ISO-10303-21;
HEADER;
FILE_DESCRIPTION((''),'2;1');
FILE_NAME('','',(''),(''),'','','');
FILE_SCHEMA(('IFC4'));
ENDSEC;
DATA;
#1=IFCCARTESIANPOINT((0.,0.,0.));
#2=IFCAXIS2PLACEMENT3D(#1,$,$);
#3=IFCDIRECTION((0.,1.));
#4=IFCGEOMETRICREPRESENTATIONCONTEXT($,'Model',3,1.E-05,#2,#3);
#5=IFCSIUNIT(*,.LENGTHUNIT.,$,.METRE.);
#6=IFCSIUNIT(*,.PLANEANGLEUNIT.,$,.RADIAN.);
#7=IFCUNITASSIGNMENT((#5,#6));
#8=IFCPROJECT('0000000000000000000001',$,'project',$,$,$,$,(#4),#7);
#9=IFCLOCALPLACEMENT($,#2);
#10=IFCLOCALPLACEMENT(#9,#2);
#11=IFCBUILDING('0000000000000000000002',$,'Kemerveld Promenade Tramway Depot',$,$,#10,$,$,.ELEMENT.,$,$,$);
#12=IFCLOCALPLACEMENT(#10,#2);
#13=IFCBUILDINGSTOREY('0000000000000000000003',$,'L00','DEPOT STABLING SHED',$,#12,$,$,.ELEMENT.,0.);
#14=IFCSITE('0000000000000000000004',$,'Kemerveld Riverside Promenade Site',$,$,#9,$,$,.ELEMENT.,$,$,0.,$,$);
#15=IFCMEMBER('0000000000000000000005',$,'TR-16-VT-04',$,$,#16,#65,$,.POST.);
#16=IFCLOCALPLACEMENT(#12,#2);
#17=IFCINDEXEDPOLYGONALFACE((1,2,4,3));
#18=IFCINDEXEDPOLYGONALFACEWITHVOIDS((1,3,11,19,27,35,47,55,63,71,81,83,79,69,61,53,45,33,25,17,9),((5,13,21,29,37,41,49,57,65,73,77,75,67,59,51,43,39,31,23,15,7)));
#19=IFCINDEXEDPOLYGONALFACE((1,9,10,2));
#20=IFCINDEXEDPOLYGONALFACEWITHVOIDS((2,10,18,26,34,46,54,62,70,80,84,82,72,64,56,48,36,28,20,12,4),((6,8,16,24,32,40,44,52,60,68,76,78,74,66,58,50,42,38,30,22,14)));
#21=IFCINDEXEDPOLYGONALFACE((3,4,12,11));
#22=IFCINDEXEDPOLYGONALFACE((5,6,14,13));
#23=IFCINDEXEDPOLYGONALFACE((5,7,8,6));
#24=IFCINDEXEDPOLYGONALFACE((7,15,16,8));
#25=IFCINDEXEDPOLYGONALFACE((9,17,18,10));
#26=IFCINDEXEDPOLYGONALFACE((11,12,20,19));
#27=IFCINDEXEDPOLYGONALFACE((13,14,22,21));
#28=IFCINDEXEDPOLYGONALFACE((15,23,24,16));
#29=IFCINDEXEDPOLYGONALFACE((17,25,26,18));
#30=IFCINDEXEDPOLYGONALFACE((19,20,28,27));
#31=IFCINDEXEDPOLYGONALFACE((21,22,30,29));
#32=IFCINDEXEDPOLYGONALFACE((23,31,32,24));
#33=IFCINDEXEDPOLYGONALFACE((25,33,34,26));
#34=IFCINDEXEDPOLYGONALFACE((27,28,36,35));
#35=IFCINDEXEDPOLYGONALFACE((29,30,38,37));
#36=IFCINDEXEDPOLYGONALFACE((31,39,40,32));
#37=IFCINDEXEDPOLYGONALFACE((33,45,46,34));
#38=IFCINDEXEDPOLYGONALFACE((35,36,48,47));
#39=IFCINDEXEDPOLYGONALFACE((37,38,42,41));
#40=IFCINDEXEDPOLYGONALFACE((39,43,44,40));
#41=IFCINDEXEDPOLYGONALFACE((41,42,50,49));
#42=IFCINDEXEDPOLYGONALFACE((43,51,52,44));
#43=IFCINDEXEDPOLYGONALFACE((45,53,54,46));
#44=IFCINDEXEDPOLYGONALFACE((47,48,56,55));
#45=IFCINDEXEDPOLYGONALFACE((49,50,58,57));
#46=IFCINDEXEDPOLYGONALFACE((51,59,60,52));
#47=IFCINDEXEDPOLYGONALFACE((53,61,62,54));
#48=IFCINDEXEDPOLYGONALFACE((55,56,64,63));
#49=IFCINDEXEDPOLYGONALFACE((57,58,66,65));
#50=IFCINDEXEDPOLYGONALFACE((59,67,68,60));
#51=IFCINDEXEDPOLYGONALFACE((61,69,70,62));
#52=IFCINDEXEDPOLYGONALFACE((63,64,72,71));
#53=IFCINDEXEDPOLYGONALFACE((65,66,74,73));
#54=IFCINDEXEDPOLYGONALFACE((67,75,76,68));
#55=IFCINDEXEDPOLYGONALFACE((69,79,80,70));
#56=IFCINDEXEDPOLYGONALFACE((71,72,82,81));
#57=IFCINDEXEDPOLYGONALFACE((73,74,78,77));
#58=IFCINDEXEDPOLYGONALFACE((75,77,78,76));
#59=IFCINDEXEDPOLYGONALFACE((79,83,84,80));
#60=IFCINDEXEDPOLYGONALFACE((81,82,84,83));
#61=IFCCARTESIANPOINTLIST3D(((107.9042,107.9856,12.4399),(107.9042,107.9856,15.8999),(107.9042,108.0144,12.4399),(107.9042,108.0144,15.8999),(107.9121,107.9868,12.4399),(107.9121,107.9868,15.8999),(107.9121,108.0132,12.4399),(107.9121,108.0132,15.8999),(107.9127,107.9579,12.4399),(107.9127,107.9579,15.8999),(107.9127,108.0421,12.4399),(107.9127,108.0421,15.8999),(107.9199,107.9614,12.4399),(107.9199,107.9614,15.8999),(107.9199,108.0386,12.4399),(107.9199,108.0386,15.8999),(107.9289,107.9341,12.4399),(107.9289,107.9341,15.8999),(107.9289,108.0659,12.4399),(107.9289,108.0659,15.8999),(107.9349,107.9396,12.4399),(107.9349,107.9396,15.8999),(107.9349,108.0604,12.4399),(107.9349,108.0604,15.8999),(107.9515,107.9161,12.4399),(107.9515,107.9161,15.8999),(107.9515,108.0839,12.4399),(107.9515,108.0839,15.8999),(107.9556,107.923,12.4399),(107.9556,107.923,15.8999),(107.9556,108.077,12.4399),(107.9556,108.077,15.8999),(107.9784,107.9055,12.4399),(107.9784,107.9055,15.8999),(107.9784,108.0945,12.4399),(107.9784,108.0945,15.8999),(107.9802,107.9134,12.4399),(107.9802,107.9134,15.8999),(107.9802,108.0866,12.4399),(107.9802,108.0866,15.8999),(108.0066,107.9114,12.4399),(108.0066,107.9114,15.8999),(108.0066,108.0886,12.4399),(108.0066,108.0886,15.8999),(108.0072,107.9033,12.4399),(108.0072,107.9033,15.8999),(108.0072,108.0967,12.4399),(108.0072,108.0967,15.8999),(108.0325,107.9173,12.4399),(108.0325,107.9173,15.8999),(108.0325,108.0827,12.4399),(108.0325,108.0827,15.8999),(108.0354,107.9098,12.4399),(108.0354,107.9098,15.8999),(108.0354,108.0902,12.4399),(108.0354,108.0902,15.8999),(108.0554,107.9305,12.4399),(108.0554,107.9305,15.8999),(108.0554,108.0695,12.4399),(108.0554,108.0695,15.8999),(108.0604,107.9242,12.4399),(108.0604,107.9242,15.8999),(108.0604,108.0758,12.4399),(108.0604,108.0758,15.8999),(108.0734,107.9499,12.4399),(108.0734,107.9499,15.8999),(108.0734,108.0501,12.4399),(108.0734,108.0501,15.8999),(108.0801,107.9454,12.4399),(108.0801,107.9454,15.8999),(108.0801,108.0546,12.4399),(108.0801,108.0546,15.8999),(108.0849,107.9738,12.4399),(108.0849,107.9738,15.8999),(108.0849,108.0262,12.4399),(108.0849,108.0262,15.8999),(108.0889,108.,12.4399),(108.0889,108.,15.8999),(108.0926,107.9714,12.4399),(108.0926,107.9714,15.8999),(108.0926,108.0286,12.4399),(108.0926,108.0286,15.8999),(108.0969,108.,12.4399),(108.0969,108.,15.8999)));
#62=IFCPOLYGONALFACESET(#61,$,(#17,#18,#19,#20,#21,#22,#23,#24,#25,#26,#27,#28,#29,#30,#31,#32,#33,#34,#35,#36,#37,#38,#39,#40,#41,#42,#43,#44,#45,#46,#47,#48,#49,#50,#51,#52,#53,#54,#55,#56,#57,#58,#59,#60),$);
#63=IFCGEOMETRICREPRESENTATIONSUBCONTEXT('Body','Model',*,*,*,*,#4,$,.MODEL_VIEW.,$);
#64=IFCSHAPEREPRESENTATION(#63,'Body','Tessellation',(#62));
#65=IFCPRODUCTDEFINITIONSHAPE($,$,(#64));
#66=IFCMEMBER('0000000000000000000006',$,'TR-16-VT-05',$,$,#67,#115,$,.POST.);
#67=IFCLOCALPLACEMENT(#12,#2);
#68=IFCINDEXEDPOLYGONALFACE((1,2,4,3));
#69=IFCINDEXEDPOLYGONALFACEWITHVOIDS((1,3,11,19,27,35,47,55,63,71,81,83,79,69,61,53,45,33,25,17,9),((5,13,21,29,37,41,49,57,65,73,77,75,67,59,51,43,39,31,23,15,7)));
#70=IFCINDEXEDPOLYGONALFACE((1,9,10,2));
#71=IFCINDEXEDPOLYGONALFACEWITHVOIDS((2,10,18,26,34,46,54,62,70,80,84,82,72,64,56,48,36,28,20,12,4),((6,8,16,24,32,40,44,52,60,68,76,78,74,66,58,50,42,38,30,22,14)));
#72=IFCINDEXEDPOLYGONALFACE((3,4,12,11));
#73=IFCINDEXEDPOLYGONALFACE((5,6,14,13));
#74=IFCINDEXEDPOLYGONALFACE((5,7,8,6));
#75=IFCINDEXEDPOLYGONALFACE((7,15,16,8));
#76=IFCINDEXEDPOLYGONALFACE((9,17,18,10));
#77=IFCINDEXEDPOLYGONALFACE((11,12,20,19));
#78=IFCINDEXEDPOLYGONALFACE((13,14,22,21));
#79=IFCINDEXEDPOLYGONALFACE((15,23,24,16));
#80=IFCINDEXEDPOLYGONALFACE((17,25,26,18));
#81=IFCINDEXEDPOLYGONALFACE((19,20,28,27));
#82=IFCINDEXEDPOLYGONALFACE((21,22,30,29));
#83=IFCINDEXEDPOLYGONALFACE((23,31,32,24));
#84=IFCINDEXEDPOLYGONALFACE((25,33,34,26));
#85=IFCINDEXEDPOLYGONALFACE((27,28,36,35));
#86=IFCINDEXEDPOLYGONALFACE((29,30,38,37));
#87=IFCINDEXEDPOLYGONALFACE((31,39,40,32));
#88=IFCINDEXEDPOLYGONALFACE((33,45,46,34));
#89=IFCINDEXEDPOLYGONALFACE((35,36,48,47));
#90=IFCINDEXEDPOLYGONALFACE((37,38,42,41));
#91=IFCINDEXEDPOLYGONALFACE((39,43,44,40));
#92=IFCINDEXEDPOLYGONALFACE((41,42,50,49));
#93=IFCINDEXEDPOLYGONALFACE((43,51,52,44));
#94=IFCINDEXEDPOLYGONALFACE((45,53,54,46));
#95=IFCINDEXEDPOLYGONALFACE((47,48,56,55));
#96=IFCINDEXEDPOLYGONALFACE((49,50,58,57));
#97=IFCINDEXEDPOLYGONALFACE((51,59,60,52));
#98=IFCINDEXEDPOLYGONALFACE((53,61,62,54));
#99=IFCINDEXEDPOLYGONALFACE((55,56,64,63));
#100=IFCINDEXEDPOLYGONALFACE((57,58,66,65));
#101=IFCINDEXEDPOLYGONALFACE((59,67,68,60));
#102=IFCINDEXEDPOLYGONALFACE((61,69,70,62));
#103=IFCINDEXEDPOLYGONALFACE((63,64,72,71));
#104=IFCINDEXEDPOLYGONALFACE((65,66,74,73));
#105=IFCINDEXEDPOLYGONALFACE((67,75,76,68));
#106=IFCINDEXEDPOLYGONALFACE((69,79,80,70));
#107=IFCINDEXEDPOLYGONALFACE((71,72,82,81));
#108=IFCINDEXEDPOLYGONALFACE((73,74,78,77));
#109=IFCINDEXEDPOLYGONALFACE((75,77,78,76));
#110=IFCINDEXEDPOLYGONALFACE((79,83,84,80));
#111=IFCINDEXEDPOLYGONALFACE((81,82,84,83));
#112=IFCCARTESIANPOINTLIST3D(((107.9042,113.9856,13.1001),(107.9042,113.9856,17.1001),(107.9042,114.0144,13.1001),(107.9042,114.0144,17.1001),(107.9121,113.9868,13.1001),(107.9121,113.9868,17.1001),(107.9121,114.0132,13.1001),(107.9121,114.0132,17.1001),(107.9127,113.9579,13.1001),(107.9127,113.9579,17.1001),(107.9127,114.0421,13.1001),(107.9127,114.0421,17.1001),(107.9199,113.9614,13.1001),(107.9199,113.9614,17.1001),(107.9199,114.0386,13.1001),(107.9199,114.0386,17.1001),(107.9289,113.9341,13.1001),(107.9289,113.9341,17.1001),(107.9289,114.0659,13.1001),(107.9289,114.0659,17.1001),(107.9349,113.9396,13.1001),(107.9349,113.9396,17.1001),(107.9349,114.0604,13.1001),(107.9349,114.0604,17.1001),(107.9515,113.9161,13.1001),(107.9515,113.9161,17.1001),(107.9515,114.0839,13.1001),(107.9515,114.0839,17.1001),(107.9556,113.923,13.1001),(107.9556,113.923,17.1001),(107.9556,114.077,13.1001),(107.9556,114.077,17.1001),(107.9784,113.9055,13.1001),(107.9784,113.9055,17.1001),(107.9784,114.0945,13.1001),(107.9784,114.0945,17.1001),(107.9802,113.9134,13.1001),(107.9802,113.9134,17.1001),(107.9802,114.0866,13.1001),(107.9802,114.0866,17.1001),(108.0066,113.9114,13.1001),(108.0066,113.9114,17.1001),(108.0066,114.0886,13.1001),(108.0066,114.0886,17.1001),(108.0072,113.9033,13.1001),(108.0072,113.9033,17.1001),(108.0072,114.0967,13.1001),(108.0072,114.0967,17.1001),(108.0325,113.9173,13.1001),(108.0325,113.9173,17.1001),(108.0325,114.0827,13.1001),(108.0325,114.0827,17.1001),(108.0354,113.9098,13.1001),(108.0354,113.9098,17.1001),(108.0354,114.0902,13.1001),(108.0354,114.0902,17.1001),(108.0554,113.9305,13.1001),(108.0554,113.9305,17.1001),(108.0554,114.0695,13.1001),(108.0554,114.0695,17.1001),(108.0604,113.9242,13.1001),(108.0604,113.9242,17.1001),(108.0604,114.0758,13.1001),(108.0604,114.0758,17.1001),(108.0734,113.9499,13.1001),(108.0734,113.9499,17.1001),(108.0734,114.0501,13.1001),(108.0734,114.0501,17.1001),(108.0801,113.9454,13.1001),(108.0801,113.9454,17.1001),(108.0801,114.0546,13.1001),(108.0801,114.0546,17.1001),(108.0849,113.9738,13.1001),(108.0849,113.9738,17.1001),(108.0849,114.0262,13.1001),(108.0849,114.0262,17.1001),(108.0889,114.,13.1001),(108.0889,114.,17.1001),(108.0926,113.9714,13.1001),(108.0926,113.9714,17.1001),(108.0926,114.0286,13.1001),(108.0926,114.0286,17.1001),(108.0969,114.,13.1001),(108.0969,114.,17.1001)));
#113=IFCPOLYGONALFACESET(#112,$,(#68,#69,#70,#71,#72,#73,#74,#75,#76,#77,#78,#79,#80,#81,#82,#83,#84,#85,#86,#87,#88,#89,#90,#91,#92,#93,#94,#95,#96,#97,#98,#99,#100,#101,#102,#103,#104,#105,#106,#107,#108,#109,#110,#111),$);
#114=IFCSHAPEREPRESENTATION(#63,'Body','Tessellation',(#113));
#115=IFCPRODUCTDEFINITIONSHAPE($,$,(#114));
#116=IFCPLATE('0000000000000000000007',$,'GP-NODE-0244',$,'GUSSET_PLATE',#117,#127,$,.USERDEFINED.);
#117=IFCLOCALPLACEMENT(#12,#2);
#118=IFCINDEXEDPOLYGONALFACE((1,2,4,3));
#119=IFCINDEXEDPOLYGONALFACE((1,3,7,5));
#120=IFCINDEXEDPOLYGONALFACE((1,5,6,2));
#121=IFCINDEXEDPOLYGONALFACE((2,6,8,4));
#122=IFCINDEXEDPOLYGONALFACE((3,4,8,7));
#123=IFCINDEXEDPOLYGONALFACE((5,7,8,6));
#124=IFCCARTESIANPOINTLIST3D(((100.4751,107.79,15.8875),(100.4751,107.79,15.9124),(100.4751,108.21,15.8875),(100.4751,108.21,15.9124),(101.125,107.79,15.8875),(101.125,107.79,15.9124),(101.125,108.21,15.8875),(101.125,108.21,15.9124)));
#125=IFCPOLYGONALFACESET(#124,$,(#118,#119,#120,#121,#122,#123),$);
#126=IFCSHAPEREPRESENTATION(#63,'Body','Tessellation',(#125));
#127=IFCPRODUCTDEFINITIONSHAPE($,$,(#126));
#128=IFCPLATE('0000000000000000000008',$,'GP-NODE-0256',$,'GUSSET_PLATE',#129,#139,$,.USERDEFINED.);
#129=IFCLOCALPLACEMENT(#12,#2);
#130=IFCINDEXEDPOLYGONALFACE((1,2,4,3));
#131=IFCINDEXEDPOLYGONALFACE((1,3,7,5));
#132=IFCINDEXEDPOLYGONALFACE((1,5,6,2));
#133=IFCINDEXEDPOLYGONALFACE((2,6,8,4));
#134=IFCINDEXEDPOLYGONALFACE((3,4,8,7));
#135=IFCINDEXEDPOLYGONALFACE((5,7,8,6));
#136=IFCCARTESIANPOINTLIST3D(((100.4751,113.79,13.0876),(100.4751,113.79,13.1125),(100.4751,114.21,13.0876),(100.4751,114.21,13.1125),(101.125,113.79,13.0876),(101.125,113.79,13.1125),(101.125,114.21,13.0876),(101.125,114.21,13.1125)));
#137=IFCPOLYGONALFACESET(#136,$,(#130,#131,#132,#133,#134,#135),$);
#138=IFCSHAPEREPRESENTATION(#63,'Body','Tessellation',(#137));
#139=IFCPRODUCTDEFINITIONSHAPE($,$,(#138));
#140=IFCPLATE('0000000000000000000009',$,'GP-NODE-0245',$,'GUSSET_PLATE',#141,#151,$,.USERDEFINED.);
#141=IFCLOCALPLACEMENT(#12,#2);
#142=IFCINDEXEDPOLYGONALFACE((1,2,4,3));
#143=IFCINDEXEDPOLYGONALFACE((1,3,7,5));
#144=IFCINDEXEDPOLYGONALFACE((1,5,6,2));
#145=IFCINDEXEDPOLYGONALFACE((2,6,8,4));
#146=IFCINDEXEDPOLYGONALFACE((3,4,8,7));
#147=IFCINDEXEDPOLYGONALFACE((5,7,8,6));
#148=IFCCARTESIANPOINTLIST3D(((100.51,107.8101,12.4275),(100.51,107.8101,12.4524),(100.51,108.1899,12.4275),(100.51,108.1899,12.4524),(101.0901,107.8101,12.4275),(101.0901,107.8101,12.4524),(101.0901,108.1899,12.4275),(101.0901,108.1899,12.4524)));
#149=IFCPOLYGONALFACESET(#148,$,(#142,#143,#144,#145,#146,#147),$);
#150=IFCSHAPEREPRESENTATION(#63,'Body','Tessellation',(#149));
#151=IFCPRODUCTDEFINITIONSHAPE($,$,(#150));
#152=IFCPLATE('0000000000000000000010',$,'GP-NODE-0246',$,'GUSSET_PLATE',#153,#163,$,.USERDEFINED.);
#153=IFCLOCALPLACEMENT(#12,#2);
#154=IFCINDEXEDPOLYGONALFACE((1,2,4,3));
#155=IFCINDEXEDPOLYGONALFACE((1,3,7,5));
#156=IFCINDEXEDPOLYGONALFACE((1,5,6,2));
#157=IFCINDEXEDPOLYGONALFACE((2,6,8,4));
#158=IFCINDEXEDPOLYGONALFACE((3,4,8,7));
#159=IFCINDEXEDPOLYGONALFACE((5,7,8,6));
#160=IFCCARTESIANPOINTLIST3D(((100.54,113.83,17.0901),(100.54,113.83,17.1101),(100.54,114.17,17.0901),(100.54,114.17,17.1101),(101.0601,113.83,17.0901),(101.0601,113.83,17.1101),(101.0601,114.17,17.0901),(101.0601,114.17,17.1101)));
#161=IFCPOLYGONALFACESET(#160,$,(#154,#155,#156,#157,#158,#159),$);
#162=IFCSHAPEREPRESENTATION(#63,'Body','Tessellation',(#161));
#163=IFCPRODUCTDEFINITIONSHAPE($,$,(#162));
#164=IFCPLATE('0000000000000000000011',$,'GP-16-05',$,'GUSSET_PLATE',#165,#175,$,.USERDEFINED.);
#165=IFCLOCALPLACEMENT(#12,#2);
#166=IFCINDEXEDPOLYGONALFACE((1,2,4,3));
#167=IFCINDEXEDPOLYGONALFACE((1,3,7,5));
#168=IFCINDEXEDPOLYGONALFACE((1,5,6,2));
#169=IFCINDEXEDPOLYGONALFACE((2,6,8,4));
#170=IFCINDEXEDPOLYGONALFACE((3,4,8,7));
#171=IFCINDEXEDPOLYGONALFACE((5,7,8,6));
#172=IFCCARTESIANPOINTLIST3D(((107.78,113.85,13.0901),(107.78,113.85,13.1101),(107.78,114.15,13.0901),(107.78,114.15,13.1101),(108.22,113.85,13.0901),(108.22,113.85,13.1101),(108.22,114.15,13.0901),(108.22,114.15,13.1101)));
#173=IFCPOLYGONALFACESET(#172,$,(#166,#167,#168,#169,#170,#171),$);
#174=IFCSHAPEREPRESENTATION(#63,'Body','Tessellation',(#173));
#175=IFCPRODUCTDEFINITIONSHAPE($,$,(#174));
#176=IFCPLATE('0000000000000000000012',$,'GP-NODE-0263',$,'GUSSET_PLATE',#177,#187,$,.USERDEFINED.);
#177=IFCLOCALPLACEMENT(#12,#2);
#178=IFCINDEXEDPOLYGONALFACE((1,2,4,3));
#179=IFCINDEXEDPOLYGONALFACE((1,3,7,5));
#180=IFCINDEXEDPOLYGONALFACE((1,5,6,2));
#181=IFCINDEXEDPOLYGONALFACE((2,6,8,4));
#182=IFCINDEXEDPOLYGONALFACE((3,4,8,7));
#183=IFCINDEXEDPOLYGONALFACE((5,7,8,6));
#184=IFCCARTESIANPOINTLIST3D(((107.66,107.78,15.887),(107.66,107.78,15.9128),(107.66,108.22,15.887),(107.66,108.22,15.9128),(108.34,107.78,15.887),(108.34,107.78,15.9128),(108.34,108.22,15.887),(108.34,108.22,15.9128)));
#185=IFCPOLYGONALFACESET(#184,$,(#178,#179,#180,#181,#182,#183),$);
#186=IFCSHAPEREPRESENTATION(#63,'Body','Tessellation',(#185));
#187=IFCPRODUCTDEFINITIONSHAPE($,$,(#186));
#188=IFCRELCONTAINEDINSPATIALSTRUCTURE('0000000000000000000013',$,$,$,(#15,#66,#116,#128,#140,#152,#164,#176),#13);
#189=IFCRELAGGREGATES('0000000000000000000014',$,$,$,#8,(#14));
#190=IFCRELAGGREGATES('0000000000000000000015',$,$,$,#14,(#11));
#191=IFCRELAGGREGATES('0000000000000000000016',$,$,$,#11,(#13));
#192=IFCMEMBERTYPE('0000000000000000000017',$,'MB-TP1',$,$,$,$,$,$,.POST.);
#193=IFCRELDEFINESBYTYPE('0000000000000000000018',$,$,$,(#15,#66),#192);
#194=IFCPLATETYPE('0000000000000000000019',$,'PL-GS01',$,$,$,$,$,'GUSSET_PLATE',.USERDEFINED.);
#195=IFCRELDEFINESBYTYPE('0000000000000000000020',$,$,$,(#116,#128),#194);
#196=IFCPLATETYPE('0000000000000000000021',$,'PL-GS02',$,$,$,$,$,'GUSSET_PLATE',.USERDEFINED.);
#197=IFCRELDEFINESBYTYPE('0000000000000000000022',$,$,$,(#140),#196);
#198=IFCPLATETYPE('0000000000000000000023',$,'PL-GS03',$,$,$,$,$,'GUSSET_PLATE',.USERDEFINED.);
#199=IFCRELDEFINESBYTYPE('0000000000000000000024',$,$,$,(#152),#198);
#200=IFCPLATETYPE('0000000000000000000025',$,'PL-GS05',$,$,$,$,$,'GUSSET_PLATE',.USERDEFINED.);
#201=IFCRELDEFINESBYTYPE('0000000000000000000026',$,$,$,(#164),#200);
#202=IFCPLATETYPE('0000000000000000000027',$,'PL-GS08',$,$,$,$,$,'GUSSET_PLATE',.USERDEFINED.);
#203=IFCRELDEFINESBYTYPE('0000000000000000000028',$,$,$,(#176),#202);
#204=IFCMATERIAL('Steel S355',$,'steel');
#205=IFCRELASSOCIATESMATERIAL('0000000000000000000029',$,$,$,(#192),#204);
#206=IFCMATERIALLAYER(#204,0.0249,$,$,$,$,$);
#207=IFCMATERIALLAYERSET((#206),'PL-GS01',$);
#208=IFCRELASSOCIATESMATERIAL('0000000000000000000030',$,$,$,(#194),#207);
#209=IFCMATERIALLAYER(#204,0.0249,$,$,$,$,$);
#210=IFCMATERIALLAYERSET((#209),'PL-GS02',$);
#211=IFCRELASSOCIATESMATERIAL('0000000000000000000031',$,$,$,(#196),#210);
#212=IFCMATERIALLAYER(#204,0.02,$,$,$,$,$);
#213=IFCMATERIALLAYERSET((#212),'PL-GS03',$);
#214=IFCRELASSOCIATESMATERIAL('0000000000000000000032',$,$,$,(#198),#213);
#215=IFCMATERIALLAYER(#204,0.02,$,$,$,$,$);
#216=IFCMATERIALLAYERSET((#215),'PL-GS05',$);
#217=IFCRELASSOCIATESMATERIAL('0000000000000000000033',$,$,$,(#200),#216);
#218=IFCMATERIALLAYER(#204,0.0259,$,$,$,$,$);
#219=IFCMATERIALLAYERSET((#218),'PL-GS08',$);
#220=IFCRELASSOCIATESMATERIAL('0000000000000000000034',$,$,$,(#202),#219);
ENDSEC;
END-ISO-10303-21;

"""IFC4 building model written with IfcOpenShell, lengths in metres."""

from ifc_helpers import new_model, si_unit, direction, frame, origin, origin_2d, place, context, subcontext, project, spatial, rectangle, hollow_circle, extrude, material, layer, layer_set, material_profile, profile_set, type_object, element, save


model = new_model("IFC4")

# Units and contexts
model_context = context("Model", 3, precision=1e-05, world=origin(), true_north=direction((0.0, 1.0)))
body_context = subcontext(model_context, "Body", "Model", "MODEL_VIEW")
ifc_project = project(units=[si_unit("LENGTHUNIT", "METRE"), si_unit("PLANEANGLEUNIT", "RADIAN")], contexts=[model_context])

# Site, building, storey
site_placement = place(None, origin())
site = spatial("IfcSite", under=ifc_project, at=site_placement, Name="Kemerveld Riverside Promenade Site", CompositionType="ELEMENT", RefElevation=0.0)
building_placement = place(site_placement, origin())
building = spatial("IfcBuilding", under=site, at=building_placement, Name="Kemerveld Promenade Tramway Depot", CompositionType="ELEMENT")
storey_placement = place(building_placement, origin())
storey = spatial("IfcBuildingStorey", under=building, at=storey_placement, Name="L00", Description="DEPOT STABLING SHED", CompositionType="ELEMENT", Elevation=0.0)

# Members
ifc_material_1 = material(Name="Steel S355", Category="steel")
ifc_material_profile_1 = material_profile(ifc_material_1, hollow_circle(Radius=0.0969, WallThickness=0.0081, at=origin_2d()), Name="193.7x8.0 CHS")
ifc_profile_set_1 = profile_set([ifc_material_profile_1], Name="Steel S355")
member_type_1 = type_object("IfcMemberType", Name="MB-TP1", PredefinedType="POST", material=ifc_profile_set_1)
member_1_placement = place(storey_placement, frame((108.0, 108.0, 12.4399), z_axis=(0.0, 0.0, 1.0), x_axis=(1.0, 0.0, 0.0)))
element("IfcMember", 1, at=member_1_placement, inside=storey, type_object=member_type_1, Name="TR-16-VT-04", PredefinedType="POST", context=body_context, shape_type="SweptSolid", body=[
    extrude(hollow_circle(Radius=0.0969, WallThickness=0.0081, at=origin_2d()), origin(), (0.0, 0.0, 1.0), 3.46),
])
member_2_placement = place(storey_placement, frame((108.0, 114.0, 13.1001), z_axis=(0.0, 0.0, 1.0), x_axis=(1.0, 0.0, 0.0)))
element("IfcMember", 2, at=member_2_placement, inside=storey, type_object=member_type_1, Name="TR-16-VT-05", PredefinedType="POST", context=body_context, shape_type="SweptSolid", body=[
    extrude(hollow_circle(Radius=0.0969, WallThickness=0.0081, at=origin_2d()), origin(), (0.0, 0.0, 1.0), 4.0),
])

# Plates
ifc_layer_1 = layer(ifc_material_1, 0.0249)
ifc_layer_set_1 = layer_set([ifc_layer_1], Name="PL-GS01")
plate_type_1 = type_object("IfcPlateType", Name="PL-GS01", ElementType="GUSSET_PLATE", PredefinedType="USERDEFINED", material=ifc_layer_set_1)
for number, where, z_axis, x_axis, name in (
    (3, (100.8, 108.0, 15.8875), (0.0, 0.0, 1.0), (1.0, 0.0, 0.0), "GP-NODE-0244"),
    (4, (100.8, 114.0, 13.0876), (0.0, 0.0, 1.0), (1.0, 0.0, 0.0), "GP-NODE-0256"),
):
    element("IfcPlate", number, at=place(storey_placement, frame(where, z_axis=z_axis, x_axis=x_axis)), inside=storey, type_object=plate_type_1, Name=name, ObjectType="GUSSET_PLATE", PredefinedType="USERDEFINED", context=body_context, shape_type="SweptSolid", body=[
        extrude(rectangle(XDim=0.6499, YDim=0.4199, at=origin_2d()), origin(), (0.0, 0.0, 1.0), 0.0249),
    ])
ifc_layer_2 = layer(ifc_material_1, 0.0249)
ifc_layer_set_2 = layer_set([ifc_layer_2], Name="PL-GS02")
plate_type_2 = type_object("IfcPlateType", Name="PL-GS02", ElementType="GUSSET_PLATE", PredefinedType="USERDEFINED", material=ifc_layer_set_2)
plate_1_placement = place(storey_placement, frame((100.8, 108.0, 12.4275), z_axis=(0.0, 0.0, 1.0), x_axis=(1.0, 0.0, 0.0)))
element("IfcPlate", 5, at=plate_1_placement, inside=storey, type_object=plate_type_2, Name="GP-NODE-0245", ObjectType="GUSSET_PLATE", PredefinedType="USERDEFINED", context=body_context, shape_type="SweptSolid", body=[
    extrude(rectangle(XDim=0.5801, YDim=0.3799, at=origin_2d()), origin(), (0.0, 0.0, 1.0), 0.0249),
])
ifc_layer_3 = layer(ifc_material_1, 0.02)
ifc_layer_set_3 = layer_set([ifc_layer_3], Name="PL-GS03")
plate_type_3 = type_object("IfcPlateType", Name="PL-GS03", ElementType="GUSSET_PLATE", PredefinedType="USERDEFINED", material=ifc_layer_set_3)
plate_2_placement = place(storey_placement, frame((100.8, 114.0, 17.0901), z_axis=(0.0, 0.0, 1.0), x_axis=(1.0, 0.0, 0.0)))
element("IfcPlate", 6, at=plate_2_placement, inside=storey, type_object=plate_type_3, Name="GP-NODE-0246", ObjectType="GUSSET_PLATE", PredefinedType="USERDEFINED", context=body_context, shape_type="SweptSolid", body=[
    extrude(rectangle(XDim=0.52, YDim=0.3401, at=origin_2d()), origin(), (0.0, 0.0, 1.0), 0.02),
])
ifc_layer_4 = layer(ifc_material_1, 0.02)
ifc_layer_set_4 = layer_set([ifc_layer_4], Name="PL-GS05")
plate_type_4 = type_object("IfcPlateType", Name="PL-GS05", ElementType="GUSSET_PLATE", PredefinedType="USERDEFINED", material=ifc_layer_set_4)
plate_3_placement = place(storey_placement, frame((108.0, 114.0, 13.0901), z_axis=(0.0, 0.0, 1.0), x_axis=(1.0, 0.0, 0.0)))
element("IfcPlate", 7, at=plate_3_placement, inside=storey, type_object=plate_type_4, Name="GP-16-05", ObjectType="GUSSET_PLATE", PredefinedType="USERDEFINED", context=body_context, shape_type="SweptSolid", body=[
    extrude(rectangle(XDim=0.4399, YDim=0.3, at=origin_2d()), origin(), (0.0, 0.0, 1.0), 0.02),
])
ifc_layer_5 = layer(ifc_material_1, 0.0259)
ifc_layer_set_5 = layer_set([ifc_layer_5], Name="PL-GS08")
plate_type_5 = type_object("IfcPlateType", Name="PL-GS08", ElementType="GUSSET_PLATE", PredefinedType="USERDEFINED", material=ifc_layer_set_5)
plate_4_placement = place(storey_placement, frame((108.0, 108.0, 15.887), z_axis=(0.0, 0.0, 1.0), x_axis=(1.0, 0.0, 0.0)))
element("IfcPlate", 8, at=plate_4_placement, inside=storey, type_object=plate_type_5, Name="GP-NODE-0263", ObjectType="GUSSET_PLATE", PredefinedType="USERDEFINED", context=body_context, shape_type="SweptSolid", body=[
    extrude(rectangle(XDim=0.6799, YDim=0.4399, at=origin_2d()), origin(), (0.0, 0.0, 1.0), 0.0259),
])

save(model, "model.ifc")
